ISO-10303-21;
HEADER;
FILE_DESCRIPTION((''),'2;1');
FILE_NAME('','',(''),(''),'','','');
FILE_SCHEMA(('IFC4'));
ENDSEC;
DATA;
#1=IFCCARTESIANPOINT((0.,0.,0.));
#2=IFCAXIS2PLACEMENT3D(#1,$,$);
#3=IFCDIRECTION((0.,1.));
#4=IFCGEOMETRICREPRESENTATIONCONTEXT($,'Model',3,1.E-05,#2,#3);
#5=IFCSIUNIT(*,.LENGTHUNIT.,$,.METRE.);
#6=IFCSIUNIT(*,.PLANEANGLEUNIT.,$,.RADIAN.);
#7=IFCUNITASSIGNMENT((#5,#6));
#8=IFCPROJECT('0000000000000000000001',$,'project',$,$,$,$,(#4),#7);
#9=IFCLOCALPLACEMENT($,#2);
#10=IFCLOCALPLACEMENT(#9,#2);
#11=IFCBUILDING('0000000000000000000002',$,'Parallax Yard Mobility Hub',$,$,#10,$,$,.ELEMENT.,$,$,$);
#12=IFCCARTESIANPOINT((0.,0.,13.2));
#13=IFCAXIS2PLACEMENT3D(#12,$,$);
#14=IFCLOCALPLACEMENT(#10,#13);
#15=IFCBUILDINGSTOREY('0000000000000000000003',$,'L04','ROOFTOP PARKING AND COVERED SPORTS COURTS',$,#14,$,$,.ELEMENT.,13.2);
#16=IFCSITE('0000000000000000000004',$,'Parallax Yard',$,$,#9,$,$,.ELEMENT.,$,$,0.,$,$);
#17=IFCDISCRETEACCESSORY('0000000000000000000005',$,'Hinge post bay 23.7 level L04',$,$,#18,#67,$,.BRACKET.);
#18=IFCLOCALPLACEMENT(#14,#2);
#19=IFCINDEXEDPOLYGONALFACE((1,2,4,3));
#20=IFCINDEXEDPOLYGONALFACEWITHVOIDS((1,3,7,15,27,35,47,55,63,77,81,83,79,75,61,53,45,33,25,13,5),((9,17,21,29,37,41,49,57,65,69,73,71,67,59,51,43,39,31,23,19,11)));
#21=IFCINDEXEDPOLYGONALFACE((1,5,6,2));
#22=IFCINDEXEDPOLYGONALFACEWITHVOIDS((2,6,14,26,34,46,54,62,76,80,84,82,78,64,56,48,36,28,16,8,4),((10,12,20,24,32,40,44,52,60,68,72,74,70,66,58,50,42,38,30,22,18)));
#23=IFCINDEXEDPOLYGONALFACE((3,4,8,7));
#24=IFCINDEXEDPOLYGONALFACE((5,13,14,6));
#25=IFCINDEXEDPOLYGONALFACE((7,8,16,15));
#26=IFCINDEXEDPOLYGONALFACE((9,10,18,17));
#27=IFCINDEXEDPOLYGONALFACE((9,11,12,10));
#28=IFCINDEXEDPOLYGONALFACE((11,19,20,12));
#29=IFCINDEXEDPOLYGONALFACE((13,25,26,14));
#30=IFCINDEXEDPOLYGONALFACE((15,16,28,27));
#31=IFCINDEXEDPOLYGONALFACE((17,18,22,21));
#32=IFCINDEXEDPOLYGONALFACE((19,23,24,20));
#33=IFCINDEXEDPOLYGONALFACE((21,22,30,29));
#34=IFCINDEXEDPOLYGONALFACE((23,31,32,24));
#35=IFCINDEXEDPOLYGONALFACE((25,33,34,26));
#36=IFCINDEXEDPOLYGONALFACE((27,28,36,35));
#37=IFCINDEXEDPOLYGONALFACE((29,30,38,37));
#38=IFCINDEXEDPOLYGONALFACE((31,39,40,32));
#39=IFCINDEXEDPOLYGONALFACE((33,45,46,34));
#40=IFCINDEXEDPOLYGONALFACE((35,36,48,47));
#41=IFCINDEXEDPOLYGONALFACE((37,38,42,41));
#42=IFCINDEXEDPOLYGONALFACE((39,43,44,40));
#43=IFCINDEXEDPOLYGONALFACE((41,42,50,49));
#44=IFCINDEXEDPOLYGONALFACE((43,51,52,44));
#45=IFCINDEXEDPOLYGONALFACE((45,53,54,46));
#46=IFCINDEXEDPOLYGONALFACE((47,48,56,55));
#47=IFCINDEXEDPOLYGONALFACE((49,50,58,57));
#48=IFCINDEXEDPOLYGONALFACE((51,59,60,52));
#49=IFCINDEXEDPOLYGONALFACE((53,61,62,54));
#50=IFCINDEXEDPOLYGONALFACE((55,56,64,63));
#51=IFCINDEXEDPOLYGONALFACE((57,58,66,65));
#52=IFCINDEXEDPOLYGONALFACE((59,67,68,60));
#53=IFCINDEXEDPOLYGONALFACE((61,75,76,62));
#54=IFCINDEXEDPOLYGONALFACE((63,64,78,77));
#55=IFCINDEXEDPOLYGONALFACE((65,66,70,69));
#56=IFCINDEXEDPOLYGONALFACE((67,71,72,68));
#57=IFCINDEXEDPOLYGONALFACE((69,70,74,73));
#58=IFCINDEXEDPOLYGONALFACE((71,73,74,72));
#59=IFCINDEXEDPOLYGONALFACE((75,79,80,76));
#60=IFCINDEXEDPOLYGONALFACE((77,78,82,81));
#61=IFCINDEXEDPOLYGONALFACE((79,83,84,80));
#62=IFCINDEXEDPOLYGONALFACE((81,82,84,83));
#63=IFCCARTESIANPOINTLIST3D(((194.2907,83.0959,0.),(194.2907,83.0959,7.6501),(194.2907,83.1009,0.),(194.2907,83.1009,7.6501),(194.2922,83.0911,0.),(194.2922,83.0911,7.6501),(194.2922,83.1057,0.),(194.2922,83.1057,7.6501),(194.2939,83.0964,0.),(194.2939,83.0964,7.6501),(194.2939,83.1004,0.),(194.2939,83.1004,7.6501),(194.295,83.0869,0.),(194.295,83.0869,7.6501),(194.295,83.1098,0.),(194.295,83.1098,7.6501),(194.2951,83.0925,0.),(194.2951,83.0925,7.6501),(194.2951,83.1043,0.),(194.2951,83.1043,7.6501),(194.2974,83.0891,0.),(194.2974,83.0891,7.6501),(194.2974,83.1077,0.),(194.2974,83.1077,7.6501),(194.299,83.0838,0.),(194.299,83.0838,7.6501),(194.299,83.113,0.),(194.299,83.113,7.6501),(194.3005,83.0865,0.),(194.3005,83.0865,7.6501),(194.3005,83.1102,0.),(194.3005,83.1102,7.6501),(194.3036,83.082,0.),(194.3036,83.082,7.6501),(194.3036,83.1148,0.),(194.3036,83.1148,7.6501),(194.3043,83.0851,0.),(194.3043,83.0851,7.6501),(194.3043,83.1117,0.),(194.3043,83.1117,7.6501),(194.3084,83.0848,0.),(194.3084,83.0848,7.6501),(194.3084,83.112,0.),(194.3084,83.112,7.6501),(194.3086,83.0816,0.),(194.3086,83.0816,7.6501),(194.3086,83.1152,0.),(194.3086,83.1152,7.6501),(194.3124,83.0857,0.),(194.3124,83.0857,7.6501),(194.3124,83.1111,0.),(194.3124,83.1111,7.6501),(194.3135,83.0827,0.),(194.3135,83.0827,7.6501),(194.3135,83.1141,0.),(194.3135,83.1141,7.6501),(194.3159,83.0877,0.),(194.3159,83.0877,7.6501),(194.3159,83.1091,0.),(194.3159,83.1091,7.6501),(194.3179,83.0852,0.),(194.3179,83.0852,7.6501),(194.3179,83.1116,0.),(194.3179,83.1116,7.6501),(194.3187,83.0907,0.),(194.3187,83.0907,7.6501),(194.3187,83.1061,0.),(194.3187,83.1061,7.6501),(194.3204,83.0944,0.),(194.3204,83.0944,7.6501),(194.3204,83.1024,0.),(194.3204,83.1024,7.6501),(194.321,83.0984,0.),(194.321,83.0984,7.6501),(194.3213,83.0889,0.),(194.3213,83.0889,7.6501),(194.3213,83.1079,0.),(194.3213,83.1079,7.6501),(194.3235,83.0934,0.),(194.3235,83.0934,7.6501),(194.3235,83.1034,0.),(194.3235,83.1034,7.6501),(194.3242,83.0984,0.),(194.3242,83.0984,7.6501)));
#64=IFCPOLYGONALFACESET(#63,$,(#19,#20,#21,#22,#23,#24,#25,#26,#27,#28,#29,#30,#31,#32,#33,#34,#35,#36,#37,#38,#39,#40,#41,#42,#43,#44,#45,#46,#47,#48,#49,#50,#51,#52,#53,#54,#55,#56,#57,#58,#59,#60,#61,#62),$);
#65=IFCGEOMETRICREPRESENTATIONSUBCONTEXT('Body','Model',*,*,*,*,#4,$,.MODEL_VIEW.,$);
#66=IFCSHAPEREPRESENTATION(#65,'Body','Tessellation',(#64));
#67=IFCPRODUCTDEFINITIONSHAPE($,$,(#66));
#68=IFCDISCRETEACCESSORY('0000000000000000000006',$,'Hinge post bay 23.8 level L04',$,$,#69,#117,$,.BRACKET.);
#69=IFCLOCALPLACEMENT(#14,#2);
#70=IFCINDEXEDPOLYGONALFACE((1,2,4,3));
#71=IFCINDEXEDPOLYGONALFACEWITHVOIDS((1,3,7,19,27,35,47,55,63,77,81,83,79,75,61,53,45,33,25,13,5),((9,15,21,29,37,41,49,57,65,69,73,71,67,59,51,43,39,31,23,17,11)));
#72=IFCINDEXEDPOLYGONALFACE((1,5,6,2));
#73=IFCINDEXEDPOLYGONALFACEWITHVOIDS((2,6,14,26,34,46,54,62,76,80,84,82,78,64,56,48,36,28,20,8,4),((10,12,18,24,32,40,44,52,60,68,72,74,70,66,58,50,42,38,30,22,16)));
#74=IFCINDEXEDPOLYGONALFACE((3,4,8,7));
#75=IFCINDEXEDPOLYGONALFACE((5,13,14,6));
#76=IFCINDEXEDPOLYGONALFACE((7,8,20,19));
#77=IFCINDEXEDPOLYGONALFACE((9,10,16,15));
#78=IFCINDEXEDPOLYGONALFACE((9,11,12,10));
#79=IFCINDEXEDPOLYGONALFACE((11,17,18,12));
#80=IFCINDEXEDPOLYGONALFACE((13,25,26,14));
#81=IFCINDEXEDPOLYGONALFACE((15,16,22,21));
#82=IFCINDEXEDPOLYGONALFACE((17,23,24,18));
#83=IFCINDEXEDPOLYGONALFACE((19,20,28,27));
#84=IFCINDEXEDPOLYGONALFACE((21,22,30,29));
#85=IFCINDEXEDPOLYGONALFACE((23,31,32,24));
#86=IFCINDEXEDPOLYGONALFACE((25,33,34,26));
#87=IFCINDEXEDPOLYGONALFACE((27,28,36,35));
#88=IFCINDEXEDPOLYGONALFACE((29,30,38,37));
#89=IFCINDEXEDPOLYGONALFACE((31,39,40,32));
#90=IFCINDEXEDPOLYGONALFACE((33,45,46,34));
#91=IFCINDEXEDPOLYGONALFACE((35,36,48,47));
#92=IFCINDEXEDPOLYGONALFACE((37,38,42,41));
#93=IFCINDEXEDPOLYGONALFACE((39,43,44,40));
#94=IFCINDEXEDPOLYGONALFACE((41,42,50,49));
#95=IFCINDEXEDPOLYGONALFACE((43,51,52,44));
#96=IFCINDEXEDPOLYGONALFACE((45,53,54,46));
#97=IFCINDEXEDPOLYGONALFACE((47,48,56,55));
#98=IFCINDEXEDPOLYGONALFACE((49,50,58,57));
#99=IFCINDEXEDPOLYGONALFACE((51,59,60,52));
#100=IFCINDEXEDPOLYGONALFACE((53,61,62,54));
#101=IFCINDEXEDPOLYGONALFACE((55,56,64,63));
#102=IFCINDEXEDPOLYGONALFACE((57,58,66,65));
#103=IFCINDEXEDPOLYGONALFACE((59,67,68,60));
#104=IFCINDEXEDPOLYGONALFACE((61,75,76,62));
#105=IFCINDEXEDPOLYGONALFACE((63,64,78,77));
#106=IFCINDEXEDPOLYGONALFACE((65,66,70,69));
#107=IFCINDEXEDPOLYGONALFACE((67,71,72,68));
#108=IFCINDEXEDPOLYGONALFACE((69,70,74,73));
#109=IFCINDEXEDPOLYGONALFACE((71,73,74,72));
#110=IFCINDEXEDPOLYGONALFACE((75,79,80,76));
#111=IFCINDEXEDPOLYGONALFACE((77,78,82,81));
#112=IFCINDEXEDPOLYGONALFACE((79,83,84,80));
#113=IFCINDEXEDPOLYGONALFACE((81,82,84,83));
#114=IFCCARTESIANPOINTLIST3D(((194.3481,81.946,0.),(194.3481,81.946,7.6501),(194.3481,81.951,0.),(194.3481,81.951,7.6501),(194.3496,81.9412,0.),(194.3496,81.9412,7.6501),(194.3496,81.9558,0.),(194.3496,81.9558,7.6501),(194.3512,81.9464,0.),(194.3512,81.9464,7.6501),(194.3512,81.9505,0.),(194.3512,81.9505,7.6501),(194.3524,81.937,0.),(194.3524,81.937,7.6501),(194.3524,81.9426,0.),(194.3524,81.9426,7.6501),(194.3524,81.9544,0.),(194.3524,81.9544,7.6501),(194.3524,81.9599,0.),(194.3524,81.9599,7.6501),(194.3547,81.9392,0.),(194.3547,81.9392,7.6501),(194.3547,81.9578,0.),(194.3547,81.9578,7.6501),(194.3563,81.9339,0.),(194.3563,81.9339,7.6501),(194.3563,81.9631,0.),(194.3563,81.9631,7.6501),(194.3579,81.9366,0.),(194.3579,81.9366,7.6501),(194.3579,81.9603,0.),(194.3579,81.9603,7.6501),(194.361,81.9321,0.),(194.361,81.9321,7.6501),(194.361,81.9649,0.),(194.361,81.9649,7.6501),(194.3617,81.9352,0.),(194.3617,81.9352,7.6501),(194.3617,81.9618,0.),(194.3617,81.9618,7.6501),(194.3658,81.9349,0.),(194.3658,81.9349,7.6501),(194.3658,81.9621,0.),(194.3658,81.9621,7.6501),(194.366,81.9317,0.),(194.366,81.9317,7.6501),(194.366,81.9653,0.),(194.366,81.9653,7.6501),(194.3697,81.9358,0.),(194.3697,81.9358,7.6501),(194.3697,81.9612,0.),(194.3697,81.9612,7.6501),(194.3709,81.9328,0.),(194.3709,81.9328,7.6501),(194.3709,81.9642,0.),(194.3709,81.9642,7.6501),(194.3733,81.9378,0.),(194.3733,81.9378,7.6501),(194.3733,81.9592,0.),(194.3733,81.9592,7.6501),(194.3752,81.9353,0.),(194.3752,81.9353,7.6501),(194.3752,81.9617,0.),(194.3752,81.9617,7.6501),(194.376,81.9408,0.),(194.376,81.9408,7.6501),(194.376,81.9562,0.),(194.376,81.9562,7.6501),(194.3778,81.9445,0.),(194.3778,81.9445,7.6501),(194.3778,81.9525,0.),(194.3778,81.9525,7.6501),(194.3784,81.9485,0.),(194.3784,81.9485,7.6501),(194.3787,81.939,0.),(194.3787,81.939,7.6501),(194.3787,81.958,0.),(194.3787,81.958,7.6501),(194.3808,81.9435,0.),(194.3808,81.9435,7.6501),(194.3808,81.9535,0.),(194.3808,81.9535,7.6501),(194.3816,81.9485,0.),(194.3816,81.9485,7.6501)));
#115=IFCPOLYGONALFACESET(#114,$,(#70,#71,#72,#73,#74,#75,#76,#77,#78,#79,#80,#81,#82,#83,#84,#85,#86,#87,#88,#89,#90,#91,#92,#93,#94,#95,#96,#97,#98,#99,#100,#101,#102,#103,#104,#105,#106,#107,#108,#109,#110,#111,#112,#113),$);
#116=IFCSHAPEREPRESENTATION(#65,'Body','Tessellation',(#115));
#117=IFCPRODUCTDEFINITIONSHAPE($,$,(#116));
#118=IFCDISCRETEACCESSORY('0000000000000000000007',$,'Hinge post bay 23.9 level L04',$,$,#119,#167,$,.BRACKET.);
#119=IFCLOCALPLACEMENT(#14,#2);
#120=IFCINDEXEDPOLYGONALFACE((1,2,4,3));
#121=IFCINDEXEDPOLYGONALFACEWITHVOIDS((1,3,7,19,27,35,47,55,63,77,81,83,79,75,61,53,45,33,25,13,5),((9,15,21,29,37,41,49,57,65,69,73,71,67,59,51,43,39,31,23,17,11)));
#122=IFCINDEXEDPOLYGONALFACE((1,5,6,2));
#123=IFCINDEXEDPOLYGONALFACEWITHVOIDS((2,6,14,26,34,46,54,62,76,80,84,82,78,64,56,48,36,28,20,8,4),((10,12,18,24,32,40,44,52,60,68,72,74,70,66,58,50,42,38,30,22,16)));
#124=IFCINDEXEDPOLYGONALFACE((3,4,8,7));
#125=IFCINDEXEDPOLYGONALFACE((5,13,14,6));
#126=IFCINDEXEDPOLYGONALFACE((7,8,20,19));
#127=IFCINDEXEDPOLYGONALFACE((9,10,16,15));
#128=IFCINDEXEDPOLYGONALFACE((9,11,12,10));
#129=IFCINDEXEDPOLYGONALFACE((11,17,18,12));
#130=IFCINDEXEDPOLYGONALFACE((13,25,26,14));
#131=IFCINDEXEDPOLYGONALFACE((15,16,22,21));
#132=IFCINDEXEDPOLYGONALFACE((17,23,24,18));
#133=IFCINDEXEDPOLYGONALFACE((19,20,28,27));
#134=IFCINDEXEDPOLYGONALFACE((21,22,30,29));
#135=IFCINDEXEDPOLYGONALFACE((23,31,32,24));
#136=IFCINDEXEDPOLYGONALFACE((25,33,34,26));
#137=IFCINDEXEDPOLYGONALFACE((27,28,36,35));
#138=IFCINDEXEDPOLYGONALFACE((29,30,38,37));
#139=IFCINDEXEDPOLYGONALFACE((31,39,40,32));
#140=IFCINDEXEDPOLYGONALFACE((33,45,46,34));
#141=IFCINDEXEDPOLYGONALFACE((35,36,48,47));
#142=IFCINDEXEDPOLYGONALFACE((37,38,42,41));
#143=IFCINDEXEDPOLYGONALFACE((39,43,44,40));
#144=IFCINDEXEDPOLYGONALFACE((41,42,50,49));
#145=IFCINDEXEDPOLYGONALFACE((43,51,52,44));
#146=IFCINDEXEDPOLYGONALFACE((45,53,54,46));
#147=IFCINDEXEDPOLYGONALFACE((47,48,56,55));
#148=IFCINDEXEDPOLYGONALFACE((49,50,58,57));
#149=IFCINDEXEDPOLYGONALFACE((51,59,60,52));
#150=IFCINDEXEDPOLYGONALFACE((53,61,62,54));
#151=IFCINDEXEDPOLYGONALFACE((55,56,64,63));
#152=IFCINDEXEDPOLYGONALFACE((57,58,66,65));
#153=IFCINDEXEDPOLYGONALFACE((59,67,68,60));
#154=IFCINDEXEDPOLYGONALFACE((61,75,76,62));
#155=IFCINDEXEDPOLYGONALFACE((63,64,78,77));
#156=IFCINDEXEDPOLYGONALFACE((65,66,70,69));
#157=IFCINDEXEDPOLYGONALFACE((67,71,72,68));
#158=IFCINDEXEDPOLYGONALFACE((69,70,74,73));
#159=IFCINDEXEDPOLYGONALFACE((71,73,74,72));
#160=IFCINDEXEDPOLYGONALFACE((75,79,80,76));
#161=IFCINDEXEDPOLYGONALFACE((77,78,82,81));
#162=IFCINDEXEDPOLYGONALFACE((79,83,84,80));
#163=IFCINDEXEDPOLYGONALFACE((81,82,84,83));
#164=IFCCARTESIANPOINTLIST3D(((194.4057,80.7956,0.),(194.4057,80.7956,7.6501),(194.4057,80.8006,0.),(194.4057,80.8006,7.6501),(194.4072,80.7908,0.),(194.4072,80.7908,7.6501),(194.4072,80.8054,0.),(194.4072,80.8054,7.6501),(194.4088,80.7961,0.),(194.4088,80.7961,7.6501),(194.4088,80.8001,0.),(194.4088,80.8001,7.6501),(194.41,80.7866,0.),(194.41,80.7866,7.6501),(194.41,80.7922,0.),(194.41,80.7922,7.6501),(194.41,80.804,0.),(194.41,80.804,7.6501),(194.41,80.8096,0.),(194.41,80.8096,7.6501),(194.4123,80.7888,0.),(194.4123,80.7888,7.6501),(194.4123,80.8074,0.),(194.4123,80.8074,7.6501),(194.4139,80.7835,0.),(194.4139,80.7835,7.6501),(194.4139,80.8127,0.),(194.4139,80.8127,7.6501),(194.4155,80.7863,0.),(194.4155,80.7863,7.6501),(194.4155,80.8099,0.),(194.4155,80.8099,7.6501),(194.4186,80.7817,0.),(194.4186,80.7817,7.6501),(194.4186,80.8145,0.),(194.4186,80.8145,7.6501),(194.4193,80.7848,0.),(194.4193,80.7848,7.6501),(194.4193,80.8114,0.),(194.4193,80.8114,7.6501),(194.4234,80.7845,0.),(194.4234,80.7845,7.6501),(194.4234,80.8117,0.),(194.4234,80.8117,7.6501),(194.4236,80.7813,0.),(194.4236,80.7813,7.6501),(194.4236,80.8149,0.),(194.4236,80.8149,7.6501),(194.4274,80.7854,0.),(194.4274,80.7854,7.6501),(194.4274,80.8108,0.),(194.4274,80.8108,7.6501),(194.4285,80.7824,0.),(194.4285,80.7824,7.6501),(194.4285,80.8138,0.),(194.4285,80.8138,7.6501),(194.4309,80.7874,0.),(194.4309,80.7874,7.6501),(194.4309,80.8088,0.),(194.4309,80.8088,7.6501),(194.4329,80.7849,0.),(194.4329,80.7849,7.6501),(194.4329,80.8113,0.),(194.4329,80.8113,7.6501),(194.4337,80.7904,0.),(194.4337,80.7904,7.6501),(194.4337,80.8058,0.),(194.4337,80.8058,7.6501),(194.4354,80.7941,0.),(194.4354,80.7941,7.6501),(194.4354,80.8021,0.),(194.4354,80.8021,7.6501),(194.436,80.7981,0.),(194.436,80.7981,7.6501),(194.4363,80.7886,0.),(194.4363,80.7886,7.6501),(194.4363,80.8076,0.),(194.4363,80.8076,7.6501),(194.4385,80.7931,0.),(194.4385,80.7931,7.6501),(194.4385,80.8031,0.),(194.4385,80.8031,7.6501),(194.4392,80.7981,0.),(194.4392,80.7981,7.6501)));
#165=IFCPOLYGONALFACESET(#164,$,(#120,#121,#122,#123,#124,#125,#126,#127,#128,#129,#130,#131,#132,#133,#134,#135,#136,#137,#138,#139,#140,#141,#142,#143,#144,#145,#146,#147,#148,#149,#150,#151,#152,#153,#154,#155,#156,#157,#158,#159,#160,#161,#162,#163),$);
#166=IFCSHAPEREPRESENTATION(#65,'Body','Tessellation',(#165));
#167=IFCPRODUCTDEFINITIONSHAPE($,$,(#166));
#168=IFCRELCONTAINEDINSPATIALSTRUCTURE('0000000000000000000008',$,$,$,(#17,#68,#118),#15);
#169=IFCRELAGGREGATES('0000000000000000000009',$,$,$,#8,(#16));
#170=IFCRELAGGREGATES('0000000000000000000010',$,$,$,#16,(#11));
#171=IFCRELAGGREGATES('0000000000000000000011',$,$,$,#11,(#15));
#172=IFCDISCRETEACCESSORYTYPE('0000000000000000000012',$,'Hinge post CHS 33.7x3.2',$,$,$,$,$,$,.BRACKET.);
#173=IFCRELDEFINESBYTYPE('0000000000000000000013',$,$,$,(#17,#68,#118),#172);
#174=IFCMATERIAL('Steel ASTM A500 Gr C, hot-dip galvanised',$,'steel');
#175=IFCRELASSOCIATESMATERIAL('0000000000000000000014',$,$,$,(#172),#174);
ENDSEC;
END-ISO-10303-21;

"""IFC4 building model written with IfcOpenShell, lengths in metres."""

from ifc_helpers import new_model, si_unit, direction, frame, origin, origin_2d, place, context, subcontext, project, spatial, hollow_circle, extrude, material, material_profile, profile_set, type_object, element, save


model = new_model("IFC4")

# Units and contexts
model_context = context("Model", 3, precision=1e-05, world=origin(), true_north=direction((0.0, 1.0)))
body_context = subcontext(model_context, "Body", "Model", "MODEL_VIEW")
ifc_project = project(units=[si_unit("LENGTHUNIT", "METRE"), si_unit("PLANEANGLEUNIT", "RADIAN")], contexts=[model_context])

# Site, building, storey
site_placement = place(None, origin())
site = spatial("IfcSite", under=ifc_project, at=site_placement, Name="Parallax Yard", CompositionType="ELEMENT", RefElevation=0.0)
building_placement = place(site_placement, origin())
building = spatial("IfcBuilding", under=site, at=building_placement, Name="Parallax Yard Mobility Hub", CompositionType="ELEMENT")
storey_placement = place(building_placement, frame((0.0, 0.0, 13.2)))
storey = spatial("IfcBuildingStorey", under=building, at=storey_placement, Name="L04", Description="ROOFTOP PARKING AND COVERED SPORTS COURTS", CompositionType="ELEMENT", Elevation=13.2)

# Discrete accessories
ifc_material_1 = material(Name="Steel ASTM A500 Gr C, hot-dip galvanised", Category="steel")
ifc_material_profile = material_profile(ifc_material_1, hollow_circle(Radius=0.0168, WallThickness=0.0032, at=origin_2d()), Name="CHS 33.7x3.2")
ifc_profile_set = profile_set([ifc_material_profile], Name="Steel ASTM A500 Gr C, hot-dip galvanised")
discrete_accessory_type_1 = type_object("IfcDiscreteAccessoryType", Name="Hinge post CHS 33.7x3.2", PredefinedType="BRACKET", material=ifc_profile_set)
for number, where, z_axis, x_axis, name in (
    (1, (194.3074, 83.0984, 0.0), (0.0, 0.0, 1.0), (1.0, 0.0, 0.0), "Hinge post bay 23.7 level L04"),
    (2, (194.3647, 81.9485, 0.0), (0.0, 0.0, 1.0), (1.0, 0.0, 0.0), "Hinge post bay 23.8 level L04"),
    (3, (194.4224, 80.7981, 0.0), (0.0, 0.0, 1.0), (1.0, 0.0, 0.0), "Hinge post bay 23.9 level L04"),
):
    element("IfcDiscreteAccessory", number, at=place(storey_placement, frame(where, z_axis=z_axis, x_axis=x_axis)), inside=storey, type_object=discrete_accessory_type_1, Name=name, PredefinedType="BRACKET", context=body_context, shape_type="SweptSolid", body=[
        extrude(hollow_circle(Radius=0.0168, WallThickness=0.0032, at=origin_2d()), origin(), (0.0, 0.0, 1.0), 7.6501),
    ])

save(model, "model.ifc")
